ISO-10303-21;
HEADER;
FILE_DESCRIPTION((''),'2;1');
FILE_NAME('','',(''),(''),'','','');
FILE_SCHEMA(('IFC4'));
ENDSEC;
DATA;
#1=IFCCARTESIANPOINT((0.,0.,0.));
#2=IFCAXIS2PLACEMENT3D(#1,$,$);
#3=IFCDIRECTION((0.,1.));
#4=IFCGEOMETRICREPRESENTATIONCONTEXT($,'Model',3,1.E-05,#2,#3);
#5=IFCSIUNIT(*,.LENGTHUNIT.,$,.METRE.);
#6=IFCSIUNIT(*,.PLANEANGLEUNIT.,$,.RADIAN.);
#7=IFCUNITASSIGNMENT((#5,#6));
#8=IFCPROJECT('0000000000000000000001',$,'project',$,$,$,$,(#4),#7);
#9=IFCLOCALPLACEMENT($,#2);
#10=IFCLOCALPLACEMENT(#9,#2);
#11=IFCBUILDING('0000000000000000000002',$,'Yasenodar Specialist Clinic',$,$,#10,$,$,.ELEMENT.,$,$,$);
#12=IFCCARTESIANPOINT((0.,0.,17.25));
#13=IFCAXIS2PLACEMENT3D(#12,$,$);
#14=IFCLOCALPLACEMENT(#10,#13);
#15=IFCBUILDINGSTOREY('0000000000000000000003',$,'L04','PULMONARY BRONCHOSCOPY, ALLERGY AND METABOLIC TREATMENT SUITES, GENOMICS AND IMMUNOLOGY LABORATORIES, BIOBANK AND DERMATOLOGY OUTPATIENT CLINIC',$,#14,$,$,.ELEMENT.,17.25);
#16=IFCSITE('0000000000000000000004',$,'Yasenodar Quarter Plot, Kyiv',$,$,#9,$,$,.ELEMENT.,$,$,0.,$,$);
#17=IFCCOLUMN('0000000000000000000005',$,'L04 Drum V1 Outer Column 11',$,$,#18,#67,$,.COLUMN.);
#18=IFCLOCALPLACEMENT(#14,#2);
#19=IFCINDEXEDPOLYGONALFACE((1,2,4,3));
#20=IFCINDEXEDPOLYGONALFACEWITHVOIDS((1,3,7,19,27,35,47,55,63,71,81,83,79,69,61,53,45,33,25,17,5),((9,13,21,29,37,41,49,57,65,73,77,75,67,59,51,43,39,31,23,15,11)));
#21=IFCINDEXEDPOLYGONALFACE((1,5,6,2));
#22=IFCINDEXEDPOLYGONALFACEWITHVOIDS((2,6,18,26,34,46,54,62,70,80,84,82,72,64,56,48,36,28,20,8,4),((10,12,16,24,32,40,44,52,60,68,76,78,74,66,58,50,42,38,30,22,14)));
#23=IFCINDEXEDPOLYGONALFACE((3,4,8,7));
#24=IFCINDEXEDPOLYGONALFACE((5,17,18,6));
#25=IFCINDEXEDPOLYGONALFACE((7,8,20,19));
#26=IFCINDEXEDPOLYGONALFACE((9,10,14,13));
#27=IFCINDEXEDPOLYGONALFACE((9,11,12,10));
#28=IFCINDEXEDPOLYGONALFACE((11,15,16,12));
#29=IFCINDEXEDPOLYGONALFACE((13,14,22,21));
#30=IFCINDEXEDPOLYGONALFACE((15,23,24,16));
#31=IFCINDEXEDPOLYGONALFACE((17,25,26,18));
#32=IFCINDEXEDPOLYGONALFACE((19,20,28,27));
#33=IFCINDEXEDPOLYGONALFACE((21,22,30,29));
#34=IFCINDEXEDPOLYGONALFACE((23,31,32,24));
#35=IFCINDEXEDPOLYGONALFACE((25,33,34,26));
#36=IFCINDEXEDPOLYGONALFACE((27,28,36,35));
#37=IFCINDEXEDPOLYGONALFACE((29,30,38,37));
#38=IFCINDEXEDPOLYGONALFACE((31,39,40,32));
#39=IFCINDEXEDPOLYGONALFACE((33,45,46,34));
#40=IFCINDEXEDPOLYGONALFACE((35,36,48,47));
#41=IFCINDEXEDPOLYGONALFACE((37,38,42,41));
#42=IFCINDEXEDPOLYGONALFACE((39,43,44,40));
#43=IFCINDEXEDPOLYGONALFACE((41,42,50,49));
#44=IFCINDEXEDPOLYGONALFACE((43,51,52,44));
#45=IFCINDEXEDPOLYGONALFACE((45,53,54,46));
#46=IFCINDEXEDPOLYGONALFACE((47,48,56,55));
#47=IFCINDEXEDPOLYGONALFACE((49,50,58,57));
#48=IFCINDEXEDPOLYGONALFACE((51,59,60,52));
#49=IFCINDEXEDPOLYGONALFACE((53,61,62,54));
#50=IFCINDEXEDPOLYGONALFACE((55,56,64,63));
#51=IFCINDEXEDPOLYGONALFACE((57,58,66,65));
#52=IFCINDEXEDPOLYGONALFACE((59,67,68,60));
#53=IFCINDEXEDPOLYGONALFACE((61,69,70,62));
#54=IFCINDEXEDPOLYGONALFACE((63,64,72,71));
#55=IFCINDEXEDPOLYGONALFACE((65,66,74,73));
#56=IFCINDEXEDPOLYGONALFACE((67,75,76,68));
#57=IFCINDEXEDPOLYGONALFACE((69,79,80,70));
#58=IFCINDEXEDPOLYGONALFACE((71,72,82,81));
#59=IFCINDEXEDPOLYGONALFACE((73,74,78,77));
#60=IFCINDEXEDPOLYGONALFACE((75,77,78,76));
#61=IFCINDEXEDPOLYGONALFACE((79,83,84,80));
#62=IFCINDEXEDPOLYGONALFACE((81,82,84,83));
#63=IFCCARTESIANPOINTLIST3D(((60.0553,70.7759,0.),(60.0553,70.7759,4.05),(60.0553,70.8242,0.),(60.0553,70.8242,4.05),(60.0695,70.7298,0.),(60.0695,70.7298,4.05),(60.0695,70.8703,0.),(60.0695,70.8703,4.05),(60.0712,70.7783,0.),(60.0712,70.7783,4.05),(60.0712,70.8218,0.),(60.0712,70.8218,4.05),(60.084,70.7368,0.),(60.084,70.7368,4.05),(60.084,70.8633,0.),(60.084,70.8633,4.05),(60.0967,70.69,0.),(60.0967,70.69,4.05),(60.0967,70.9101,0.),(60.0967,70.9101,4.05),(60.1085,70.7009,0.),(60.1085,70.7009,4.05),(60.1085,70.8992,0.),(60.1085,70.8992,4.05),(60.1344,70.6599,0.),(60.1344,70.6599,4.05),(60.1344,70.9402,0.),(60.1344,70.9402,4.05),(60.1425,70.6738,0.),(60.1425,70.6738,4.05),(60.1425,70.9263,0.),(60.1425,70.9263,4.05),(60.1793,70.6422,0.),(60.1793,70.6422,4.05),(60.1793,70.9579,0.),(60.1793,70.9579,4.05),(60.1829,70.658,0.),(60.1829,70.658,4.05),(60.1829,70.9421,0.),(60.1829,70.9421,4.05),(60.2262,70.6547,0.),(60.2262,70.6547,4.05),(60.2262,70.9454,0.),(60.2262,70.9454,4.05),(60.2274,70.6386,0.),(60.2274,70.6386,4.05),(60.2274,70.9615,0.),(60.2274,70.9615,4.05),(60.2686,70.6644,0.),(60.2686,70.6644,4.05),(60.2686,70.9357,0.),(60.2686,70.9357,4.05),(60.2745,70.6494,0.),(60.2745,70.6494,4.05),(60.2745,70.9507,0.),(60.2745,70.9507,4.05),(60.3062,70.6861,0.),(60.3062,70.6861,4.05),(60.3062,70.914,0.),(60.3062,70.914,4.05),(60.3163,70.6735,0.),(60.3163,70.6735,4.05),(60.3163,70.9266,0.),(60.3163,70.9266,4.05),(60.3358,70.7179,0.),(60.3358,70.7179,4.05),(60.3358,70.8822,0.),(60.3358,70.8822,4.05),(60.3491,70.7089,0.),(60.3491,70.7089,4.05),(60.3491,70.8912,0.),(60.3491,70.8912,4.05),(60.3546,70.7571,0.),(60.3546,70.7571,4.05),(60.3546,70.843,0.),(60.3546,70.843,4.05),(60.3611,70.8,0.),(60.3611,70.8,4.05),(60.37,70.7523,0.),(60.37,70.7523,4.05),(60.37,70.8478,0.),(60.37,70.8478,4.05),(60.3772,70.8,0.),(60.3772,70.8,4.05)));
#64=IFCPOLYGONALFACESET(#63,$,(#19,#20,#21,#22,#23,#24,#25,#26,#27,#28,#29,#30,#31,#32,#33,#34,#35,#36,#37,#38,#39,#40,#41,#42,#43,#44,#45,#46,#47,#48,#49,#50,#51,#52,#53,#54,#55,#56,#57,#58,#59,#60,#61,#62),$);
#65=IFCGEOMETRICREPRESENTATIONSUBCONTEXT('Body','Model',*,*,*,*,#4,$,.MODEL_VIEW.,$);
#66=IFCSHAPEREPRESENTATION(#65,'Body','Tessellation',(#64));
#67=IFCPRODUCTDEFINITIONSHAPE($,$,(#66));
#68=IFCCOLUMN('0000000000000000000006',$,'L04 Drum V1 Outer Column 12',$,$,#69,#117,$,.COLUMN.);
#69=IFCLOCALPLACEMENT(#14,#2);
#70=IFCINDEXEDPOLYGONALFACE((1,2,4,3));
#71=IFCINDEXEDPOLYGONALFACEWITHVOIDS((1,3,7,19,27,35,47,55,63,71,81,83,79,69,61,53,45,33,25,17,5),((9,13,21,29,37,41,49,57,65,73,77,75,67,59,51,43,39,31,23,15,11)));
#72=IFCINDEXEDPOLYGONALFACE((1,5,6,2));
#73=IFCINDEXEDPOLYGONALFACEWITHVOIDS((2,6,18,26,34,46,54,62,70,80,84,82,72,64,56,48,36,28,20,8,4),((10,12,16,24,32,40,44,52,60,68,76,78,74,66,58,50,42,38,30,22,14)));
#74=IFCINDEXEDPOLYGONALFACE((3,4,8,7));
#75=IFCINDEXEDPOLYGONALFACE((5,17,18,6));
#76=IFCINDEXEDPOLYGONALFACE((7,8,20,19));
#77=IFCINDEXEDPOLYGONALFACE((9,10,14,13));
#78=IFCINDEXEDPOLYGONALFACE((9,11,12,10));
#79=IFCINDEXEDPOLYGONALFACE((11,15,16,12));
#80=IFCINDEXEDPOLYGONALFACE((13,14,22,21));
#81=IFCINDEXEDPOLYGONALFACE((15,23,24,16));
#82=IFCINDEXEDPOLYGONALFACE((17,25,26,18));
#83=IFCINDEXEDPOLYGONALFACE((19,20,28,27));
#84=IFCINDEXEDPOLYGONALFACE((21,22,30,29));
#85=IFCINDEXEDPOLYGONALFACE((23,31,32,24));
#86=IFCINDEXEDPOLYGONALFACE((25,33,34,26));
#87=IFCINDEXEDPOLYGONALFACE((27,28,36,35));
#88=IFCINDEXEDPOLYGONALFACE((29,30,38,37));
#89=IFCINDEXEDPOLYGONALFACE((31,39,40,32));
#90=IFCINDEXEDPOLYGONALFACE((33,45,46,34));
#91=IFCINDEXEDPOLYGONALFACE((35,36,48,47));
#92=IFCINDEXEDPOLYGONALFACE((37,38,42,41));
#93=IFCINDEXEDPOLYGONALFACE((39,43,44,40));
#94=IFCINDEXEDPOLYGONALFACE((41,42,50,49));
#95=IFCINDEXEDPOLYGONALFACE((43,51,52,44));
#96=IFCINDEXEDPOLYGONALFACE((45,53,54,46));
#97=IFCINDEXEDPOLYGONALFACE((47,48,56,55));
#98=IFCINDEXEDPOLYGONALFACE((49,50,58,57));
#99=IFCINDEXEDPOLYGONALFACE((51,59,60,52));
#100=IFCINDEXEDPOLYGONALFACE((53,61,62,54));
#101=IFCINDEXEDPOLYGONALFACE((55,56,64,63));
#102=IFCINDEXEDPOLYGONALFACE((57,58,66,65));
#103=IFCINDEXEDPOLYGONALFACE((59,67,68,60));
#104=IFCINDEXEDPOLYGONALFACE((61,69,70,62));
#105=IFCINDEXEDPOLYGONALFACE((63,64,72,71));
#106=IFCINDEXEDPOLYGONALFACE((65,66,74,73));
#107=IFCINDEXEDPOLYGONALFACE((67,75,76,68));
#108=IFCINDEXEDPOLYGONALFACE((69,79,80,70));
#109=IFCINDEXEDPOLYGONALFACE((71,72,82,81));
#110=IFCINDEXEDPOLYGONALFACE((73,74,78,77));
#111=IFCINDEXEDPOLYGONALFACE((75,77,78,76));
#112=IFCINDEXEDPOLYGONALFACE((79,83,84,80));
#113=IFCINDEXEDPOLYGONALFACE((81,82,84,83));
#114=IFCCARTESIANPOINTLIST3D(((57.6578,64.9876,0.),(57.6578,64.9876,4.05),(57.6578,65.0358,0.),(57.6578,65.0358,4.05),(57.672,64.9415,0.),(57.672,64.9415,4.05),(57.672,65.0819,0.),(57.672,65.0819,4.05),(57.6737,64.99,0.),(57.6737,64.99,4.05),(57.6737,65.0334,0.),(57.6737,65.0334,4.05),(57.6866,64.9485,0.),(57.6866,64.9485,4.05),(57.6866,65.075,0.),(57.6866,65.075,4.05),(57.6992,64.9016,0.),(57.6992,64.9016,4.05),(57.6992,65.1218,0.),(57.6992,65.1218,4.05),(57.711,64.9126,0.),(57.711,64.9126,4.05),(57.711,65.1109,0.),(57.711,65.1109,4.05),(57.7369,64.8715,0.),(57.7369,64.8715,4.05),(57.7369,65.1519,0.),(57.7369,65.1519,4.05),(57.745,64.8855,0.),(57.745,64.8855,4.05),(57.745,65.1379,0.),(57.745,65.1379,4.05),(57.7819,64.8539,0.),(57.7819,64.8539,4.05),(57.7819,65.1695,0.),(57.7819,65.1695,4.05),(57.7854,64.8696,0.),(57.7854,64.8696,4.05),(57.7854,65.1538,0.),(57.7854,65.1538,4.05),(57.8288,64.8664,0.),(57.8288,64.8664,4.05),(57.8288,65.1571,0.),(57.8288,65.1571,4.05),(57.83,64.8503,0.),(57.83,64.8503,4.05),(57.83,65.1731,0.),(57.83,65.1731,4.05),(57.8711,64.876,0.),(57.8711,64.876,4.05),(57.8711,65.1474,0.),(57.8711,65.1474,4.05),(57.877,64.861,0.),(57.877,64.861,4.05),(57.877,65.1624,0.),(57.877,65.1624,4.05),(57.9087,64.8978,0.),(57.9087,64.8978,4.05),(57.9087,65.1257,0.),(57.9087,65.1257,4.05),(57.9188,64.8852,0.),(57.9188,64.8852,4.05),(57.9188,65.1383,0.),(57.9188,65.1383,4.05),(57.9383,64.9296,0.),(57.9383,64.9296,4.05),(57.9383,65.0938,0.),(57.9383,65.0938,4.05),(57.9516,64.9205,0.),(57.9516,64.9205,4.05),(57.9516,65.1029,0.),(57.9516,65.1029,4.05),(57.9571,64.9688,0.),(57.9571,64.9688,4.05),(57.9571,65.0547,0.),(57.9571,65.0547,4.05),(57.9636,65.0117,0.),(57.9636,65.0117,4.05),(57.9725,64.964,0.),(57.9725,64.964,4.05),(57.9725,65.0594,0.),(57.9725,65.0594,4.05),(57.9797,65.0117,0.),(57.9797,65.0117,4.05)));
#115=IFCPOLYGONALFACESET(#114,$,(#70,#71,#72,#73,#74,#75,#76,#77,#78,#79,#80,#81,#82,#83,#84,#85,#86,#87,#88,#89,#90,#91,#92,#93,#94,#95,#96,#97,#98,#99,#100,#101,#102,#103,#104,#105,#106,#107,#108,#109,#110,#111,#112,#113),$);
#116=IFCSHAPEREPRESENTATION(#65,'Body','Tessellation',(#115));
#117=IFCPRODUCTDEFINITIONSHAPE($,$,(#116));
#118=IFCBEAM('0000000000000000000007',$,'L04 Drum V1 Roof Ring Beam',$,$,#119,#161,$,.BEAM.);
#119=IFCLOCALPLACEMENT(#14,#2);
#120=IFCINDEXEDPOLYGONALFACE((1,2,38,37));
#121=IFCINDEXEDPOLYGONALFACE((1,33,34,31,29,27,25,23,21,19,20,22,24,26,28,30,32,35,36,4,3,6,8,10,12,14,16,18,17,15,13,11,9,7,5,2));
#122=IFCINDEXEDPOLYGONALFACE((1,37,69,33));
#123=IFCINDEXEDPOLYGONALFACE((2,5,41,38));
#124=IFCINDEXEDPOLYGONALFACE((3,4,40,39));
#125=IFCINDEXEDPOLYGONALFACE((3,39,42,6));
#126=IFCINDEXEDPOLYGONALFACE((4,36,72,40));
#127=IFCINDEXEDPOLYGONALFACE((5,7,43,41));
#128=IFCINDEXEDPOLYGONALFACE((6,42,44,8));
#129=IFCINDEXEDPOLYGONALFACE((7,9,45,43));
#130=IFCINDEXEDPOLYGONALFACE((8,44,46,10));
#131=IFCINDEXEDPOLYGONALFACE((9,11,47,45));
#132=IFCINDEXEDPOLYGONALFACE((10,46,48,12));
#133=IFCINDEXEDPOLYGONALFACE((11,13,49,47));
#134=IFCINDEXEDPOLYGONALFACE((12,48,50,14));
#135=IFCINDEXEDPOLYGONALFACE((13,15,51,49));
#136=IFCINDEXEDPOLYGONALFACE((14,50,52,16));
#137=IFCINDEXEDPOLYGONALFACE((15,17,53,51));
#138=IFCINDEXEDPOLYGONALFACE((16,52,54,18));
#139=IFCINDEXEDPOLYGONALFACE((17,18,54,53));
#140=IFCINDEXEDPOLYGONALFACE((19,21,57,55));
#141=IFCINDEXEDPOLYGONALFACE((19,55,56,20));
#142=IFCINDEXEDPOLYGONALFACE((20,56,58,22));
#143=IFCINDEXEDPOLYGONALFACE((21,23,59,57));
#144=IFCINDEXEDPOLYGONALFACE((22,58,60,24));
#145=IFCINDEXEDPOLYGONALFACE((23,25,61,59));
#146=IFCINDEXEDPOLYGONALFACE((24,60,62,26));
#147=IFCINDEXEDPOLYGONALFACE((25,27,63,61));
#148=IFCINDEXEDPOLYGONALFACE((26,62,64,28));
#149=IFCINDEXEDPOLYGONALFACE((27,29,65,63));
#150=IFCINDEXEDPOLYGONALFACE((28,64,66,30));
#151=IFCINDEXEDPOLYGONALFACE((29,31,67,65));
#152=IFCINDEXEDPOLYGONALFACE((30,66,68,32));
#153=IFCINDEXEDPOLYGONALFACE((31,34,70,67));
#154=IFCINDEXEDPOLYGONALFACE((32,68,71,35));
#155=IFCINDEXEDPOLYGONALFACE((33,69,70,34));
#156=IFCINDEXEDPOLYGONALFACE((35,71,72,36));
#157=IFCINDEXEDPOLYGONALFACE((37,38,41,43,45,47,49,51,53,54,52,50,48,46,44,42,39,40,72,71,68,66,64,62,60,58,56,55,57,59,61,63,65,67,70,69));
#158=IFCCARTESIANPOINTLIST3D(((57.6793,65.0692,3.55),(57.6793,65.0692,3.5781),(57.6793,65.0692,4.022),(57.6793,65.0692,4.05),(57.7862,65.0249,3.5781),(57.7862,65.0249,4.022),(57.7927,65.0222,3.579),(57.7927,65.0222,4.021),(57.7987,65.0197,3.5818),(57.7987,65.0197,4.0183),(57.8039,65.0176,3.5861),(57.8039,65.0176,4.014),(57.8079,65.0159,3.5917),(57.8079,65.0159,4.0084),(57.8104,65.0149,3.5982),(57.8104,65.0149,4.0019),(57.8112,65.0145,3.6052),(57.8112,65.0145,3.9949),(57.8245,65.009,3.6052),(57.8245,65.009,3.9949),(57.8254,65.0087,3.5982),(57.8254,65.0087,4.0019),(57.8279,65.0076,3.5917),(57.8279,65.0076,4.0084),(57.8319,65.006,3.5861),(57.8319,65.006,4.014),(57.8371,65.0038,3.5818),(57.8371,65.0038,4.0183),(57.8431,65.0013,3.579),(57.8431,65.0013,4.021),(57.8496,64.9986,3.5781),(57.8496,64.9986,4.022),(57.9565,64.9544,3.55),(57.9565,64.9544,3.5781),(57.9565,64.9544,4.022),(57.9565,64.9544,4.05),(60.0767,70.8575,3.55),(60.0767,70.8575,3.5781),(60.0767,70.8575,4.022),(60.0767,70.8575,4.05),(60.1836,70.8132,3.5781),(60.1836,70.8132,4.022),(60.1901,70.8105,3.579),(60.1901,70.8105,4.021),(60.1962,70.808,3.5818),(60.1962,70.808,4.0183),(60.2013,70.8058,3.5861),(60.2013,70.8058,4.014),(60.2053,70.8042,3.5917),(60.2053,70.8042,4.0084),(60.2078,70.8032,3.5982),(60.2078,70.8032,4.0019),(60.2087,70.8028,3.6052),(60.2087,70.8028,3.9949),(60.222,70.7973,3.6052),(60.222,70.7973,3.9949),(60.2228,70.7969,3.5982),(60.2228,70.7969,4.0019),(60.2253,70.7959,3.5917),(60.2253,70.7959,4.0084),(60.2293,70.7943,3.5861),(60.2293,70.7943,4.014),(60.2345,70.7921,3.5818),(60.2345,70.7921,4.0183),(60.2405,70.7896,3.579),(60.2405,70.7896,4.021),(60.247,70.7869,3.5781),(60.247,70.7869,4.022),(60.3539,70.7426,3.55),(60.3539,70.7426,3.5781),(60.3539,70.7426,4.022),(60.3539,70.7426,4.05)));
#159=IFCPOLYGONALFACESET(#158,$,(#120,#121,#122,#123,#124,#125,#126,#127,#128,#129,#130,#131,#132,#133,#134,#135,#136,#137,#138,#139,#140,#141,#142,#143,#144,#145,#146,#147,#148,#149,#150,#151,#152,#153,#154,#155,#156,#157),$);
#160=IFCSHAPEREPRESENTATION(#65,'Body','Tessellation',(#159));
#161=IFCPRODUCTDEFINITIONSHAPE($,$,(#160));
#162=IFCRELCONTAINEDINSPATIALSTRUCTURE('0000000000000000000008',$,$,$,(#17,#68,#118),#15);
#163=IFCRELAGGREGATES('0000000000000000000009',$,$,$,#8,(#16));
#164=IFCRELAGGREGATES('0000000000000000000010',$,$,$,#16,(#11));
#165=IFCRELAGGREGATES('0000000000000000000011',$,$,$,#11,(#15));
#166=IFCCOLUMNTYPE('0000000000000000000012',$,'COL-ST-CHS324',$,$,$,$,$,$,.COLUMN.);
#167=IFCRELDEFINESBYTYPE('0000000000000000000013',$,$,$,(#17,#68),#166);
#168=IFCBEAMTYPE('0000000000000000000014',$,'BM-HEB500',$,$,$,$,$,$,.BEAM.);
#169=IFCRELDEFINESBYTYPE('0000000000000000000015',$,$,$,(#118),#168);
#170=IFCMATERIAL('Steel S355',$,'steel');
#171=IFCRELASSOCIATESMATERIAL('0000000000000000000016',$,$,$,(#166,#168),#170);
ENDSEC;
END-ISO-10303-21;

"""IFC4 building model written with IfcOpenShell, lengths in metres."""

from ifc_helpers import new_model, si_unit, direction, frame, origin, origin_2d, place, context, subcontext, project, spatial, hollow_circle, i_section, extrude, material, material_profile, profile_set, type_object, element, save


model = new_model("IFC4")

# Units and contexts
model_context = context("Model", 3, precision=1e-05, world=origin(), true_north=direction((0.0, 1.0)))
body_context = subcontext(model_context, "Body", "Model", "MODEL_VIEW")
ifc_project = project(units=[si_unit("LENGTHUNIT", "METRE"), si_unit("PLANEANGLEUNIT", "RADIAN")], contexts=[model_context])

# Site, building, storey
site_placement = place(None, origin())
site = spatial("IfcSite", under=ifc_project, at=site_placement, Name="Yasenodar Quarter Plot, Kyiv", CompositionType="ELEMENT", RefElevation=0.0)
building_placement = place(site_placement, origin())
building = spatial("IfcBuilding", under=site, at=building_placement, Name="Yasenodar Specialist Clinic", CompositionType="ELEMENT")
storey_placement = place(building_placement, frame((0.0, 0.0, 17.25)))
storey = spatial("IfcBuildingStorey", under=building, at=storey_placement, Name="L04", Description="PULMONARY BRONCHOSCOPY, ALLERGY AND METABOLIC TREATMENT SUITES, GENOMICS AND IMMUNOLOGY LABORATORIES, BIOBANK AND DERMATOLOGY OUTPATIENT CLINIC", CompositionType="ELEMENT", Elevation=17.25)

# Columns
ifc_material_1 = material(Name="Steel S355", Category="steel")
ifc_material_profile_1 = material_profile(ifc_material_1, hollow_circle(Radius=0.1619, WallThickness=0.0161, at=origin_2d()), Name="CHS 323.9x16")
ifc_profile_set_1 = profile_set([ifc_material_profile_1], Name="Steel S355")
column_type = type_object("IfcColumnType", Name="COL-ST-CHS324", PredefinedType="COLUMN", material=ifc_profile_set_1)
for number, where, z_axis, x_axis, name in (
    (1, (60.2153, 70.8, 0.0), (0.0, 0.0, 1.0), (1.0, 0.0, 0.0), "L04 Drum V1 Outer Column 11"),
    (2, (57.8179, 65.0117, 0.0), (0.0, 0.0, 1.0), (1.0, 0.0, 0.0), "L04 Drum V1 Outer Column 12"),
):
    element("IfcColumn", number, at=place(storey_placement, frame(where, z_axis=z_axis, x_axis=x_axis)), inside=storey, type_object=column_type, Name=name, PredefinedType="COLUMN", context=body_context, shape_type="SweptSolid", body=[
        extrude(hollow_circle(Radius=0.1619, WallThickness=0.0161, at=origin_2d()), origin(), (0.0, 0.0, 1.0), 4.05),
    ])

# Beam
ifc_material_profile_2 = material_profile(ifc_material_1, i_section(OverallWidth=0.3, OverallDepth=0.5, WebThickness=0.0144, FlangeThickness=0.0281, FilletRadius=0.0271, at=origin_2d()), Name="HEB 500")
ifc_profile_set_2 = profile_set([ifc_material_profile_2], Name="Steel S355")
beam_type = type_object("IfcBeamType", Name="BM-HEB500", PredefinedType="BEAM", material=ifc_profile_set_2)
beam_1_placement = place(storey_placement, frame((60.2153, 70.8, 3.8), z_axis=(-0.382664, -0.923888, 0.0), x_axis=(0.923888, -0.382664, 0.0)))
element("IfcBeam", 3, at=beam_1_placement, inside=storey, type_object=beam_type, Name="L04 Drum V1 Roof Ring Beam", PredefinedType="BEAM", context=body_context, shape_type="SweptSolid", body=[
    extrude(i_section(OverallWidth=0.3, OverallDepth=0.5, WebThickness=0.0144, FlangeThickness=0.0281, FilletRadius=0.0271, at=origin_2d()), origin(), (0.0, 0.0, 1.0), 6.2651),
])

save(model, "model.ifc")
